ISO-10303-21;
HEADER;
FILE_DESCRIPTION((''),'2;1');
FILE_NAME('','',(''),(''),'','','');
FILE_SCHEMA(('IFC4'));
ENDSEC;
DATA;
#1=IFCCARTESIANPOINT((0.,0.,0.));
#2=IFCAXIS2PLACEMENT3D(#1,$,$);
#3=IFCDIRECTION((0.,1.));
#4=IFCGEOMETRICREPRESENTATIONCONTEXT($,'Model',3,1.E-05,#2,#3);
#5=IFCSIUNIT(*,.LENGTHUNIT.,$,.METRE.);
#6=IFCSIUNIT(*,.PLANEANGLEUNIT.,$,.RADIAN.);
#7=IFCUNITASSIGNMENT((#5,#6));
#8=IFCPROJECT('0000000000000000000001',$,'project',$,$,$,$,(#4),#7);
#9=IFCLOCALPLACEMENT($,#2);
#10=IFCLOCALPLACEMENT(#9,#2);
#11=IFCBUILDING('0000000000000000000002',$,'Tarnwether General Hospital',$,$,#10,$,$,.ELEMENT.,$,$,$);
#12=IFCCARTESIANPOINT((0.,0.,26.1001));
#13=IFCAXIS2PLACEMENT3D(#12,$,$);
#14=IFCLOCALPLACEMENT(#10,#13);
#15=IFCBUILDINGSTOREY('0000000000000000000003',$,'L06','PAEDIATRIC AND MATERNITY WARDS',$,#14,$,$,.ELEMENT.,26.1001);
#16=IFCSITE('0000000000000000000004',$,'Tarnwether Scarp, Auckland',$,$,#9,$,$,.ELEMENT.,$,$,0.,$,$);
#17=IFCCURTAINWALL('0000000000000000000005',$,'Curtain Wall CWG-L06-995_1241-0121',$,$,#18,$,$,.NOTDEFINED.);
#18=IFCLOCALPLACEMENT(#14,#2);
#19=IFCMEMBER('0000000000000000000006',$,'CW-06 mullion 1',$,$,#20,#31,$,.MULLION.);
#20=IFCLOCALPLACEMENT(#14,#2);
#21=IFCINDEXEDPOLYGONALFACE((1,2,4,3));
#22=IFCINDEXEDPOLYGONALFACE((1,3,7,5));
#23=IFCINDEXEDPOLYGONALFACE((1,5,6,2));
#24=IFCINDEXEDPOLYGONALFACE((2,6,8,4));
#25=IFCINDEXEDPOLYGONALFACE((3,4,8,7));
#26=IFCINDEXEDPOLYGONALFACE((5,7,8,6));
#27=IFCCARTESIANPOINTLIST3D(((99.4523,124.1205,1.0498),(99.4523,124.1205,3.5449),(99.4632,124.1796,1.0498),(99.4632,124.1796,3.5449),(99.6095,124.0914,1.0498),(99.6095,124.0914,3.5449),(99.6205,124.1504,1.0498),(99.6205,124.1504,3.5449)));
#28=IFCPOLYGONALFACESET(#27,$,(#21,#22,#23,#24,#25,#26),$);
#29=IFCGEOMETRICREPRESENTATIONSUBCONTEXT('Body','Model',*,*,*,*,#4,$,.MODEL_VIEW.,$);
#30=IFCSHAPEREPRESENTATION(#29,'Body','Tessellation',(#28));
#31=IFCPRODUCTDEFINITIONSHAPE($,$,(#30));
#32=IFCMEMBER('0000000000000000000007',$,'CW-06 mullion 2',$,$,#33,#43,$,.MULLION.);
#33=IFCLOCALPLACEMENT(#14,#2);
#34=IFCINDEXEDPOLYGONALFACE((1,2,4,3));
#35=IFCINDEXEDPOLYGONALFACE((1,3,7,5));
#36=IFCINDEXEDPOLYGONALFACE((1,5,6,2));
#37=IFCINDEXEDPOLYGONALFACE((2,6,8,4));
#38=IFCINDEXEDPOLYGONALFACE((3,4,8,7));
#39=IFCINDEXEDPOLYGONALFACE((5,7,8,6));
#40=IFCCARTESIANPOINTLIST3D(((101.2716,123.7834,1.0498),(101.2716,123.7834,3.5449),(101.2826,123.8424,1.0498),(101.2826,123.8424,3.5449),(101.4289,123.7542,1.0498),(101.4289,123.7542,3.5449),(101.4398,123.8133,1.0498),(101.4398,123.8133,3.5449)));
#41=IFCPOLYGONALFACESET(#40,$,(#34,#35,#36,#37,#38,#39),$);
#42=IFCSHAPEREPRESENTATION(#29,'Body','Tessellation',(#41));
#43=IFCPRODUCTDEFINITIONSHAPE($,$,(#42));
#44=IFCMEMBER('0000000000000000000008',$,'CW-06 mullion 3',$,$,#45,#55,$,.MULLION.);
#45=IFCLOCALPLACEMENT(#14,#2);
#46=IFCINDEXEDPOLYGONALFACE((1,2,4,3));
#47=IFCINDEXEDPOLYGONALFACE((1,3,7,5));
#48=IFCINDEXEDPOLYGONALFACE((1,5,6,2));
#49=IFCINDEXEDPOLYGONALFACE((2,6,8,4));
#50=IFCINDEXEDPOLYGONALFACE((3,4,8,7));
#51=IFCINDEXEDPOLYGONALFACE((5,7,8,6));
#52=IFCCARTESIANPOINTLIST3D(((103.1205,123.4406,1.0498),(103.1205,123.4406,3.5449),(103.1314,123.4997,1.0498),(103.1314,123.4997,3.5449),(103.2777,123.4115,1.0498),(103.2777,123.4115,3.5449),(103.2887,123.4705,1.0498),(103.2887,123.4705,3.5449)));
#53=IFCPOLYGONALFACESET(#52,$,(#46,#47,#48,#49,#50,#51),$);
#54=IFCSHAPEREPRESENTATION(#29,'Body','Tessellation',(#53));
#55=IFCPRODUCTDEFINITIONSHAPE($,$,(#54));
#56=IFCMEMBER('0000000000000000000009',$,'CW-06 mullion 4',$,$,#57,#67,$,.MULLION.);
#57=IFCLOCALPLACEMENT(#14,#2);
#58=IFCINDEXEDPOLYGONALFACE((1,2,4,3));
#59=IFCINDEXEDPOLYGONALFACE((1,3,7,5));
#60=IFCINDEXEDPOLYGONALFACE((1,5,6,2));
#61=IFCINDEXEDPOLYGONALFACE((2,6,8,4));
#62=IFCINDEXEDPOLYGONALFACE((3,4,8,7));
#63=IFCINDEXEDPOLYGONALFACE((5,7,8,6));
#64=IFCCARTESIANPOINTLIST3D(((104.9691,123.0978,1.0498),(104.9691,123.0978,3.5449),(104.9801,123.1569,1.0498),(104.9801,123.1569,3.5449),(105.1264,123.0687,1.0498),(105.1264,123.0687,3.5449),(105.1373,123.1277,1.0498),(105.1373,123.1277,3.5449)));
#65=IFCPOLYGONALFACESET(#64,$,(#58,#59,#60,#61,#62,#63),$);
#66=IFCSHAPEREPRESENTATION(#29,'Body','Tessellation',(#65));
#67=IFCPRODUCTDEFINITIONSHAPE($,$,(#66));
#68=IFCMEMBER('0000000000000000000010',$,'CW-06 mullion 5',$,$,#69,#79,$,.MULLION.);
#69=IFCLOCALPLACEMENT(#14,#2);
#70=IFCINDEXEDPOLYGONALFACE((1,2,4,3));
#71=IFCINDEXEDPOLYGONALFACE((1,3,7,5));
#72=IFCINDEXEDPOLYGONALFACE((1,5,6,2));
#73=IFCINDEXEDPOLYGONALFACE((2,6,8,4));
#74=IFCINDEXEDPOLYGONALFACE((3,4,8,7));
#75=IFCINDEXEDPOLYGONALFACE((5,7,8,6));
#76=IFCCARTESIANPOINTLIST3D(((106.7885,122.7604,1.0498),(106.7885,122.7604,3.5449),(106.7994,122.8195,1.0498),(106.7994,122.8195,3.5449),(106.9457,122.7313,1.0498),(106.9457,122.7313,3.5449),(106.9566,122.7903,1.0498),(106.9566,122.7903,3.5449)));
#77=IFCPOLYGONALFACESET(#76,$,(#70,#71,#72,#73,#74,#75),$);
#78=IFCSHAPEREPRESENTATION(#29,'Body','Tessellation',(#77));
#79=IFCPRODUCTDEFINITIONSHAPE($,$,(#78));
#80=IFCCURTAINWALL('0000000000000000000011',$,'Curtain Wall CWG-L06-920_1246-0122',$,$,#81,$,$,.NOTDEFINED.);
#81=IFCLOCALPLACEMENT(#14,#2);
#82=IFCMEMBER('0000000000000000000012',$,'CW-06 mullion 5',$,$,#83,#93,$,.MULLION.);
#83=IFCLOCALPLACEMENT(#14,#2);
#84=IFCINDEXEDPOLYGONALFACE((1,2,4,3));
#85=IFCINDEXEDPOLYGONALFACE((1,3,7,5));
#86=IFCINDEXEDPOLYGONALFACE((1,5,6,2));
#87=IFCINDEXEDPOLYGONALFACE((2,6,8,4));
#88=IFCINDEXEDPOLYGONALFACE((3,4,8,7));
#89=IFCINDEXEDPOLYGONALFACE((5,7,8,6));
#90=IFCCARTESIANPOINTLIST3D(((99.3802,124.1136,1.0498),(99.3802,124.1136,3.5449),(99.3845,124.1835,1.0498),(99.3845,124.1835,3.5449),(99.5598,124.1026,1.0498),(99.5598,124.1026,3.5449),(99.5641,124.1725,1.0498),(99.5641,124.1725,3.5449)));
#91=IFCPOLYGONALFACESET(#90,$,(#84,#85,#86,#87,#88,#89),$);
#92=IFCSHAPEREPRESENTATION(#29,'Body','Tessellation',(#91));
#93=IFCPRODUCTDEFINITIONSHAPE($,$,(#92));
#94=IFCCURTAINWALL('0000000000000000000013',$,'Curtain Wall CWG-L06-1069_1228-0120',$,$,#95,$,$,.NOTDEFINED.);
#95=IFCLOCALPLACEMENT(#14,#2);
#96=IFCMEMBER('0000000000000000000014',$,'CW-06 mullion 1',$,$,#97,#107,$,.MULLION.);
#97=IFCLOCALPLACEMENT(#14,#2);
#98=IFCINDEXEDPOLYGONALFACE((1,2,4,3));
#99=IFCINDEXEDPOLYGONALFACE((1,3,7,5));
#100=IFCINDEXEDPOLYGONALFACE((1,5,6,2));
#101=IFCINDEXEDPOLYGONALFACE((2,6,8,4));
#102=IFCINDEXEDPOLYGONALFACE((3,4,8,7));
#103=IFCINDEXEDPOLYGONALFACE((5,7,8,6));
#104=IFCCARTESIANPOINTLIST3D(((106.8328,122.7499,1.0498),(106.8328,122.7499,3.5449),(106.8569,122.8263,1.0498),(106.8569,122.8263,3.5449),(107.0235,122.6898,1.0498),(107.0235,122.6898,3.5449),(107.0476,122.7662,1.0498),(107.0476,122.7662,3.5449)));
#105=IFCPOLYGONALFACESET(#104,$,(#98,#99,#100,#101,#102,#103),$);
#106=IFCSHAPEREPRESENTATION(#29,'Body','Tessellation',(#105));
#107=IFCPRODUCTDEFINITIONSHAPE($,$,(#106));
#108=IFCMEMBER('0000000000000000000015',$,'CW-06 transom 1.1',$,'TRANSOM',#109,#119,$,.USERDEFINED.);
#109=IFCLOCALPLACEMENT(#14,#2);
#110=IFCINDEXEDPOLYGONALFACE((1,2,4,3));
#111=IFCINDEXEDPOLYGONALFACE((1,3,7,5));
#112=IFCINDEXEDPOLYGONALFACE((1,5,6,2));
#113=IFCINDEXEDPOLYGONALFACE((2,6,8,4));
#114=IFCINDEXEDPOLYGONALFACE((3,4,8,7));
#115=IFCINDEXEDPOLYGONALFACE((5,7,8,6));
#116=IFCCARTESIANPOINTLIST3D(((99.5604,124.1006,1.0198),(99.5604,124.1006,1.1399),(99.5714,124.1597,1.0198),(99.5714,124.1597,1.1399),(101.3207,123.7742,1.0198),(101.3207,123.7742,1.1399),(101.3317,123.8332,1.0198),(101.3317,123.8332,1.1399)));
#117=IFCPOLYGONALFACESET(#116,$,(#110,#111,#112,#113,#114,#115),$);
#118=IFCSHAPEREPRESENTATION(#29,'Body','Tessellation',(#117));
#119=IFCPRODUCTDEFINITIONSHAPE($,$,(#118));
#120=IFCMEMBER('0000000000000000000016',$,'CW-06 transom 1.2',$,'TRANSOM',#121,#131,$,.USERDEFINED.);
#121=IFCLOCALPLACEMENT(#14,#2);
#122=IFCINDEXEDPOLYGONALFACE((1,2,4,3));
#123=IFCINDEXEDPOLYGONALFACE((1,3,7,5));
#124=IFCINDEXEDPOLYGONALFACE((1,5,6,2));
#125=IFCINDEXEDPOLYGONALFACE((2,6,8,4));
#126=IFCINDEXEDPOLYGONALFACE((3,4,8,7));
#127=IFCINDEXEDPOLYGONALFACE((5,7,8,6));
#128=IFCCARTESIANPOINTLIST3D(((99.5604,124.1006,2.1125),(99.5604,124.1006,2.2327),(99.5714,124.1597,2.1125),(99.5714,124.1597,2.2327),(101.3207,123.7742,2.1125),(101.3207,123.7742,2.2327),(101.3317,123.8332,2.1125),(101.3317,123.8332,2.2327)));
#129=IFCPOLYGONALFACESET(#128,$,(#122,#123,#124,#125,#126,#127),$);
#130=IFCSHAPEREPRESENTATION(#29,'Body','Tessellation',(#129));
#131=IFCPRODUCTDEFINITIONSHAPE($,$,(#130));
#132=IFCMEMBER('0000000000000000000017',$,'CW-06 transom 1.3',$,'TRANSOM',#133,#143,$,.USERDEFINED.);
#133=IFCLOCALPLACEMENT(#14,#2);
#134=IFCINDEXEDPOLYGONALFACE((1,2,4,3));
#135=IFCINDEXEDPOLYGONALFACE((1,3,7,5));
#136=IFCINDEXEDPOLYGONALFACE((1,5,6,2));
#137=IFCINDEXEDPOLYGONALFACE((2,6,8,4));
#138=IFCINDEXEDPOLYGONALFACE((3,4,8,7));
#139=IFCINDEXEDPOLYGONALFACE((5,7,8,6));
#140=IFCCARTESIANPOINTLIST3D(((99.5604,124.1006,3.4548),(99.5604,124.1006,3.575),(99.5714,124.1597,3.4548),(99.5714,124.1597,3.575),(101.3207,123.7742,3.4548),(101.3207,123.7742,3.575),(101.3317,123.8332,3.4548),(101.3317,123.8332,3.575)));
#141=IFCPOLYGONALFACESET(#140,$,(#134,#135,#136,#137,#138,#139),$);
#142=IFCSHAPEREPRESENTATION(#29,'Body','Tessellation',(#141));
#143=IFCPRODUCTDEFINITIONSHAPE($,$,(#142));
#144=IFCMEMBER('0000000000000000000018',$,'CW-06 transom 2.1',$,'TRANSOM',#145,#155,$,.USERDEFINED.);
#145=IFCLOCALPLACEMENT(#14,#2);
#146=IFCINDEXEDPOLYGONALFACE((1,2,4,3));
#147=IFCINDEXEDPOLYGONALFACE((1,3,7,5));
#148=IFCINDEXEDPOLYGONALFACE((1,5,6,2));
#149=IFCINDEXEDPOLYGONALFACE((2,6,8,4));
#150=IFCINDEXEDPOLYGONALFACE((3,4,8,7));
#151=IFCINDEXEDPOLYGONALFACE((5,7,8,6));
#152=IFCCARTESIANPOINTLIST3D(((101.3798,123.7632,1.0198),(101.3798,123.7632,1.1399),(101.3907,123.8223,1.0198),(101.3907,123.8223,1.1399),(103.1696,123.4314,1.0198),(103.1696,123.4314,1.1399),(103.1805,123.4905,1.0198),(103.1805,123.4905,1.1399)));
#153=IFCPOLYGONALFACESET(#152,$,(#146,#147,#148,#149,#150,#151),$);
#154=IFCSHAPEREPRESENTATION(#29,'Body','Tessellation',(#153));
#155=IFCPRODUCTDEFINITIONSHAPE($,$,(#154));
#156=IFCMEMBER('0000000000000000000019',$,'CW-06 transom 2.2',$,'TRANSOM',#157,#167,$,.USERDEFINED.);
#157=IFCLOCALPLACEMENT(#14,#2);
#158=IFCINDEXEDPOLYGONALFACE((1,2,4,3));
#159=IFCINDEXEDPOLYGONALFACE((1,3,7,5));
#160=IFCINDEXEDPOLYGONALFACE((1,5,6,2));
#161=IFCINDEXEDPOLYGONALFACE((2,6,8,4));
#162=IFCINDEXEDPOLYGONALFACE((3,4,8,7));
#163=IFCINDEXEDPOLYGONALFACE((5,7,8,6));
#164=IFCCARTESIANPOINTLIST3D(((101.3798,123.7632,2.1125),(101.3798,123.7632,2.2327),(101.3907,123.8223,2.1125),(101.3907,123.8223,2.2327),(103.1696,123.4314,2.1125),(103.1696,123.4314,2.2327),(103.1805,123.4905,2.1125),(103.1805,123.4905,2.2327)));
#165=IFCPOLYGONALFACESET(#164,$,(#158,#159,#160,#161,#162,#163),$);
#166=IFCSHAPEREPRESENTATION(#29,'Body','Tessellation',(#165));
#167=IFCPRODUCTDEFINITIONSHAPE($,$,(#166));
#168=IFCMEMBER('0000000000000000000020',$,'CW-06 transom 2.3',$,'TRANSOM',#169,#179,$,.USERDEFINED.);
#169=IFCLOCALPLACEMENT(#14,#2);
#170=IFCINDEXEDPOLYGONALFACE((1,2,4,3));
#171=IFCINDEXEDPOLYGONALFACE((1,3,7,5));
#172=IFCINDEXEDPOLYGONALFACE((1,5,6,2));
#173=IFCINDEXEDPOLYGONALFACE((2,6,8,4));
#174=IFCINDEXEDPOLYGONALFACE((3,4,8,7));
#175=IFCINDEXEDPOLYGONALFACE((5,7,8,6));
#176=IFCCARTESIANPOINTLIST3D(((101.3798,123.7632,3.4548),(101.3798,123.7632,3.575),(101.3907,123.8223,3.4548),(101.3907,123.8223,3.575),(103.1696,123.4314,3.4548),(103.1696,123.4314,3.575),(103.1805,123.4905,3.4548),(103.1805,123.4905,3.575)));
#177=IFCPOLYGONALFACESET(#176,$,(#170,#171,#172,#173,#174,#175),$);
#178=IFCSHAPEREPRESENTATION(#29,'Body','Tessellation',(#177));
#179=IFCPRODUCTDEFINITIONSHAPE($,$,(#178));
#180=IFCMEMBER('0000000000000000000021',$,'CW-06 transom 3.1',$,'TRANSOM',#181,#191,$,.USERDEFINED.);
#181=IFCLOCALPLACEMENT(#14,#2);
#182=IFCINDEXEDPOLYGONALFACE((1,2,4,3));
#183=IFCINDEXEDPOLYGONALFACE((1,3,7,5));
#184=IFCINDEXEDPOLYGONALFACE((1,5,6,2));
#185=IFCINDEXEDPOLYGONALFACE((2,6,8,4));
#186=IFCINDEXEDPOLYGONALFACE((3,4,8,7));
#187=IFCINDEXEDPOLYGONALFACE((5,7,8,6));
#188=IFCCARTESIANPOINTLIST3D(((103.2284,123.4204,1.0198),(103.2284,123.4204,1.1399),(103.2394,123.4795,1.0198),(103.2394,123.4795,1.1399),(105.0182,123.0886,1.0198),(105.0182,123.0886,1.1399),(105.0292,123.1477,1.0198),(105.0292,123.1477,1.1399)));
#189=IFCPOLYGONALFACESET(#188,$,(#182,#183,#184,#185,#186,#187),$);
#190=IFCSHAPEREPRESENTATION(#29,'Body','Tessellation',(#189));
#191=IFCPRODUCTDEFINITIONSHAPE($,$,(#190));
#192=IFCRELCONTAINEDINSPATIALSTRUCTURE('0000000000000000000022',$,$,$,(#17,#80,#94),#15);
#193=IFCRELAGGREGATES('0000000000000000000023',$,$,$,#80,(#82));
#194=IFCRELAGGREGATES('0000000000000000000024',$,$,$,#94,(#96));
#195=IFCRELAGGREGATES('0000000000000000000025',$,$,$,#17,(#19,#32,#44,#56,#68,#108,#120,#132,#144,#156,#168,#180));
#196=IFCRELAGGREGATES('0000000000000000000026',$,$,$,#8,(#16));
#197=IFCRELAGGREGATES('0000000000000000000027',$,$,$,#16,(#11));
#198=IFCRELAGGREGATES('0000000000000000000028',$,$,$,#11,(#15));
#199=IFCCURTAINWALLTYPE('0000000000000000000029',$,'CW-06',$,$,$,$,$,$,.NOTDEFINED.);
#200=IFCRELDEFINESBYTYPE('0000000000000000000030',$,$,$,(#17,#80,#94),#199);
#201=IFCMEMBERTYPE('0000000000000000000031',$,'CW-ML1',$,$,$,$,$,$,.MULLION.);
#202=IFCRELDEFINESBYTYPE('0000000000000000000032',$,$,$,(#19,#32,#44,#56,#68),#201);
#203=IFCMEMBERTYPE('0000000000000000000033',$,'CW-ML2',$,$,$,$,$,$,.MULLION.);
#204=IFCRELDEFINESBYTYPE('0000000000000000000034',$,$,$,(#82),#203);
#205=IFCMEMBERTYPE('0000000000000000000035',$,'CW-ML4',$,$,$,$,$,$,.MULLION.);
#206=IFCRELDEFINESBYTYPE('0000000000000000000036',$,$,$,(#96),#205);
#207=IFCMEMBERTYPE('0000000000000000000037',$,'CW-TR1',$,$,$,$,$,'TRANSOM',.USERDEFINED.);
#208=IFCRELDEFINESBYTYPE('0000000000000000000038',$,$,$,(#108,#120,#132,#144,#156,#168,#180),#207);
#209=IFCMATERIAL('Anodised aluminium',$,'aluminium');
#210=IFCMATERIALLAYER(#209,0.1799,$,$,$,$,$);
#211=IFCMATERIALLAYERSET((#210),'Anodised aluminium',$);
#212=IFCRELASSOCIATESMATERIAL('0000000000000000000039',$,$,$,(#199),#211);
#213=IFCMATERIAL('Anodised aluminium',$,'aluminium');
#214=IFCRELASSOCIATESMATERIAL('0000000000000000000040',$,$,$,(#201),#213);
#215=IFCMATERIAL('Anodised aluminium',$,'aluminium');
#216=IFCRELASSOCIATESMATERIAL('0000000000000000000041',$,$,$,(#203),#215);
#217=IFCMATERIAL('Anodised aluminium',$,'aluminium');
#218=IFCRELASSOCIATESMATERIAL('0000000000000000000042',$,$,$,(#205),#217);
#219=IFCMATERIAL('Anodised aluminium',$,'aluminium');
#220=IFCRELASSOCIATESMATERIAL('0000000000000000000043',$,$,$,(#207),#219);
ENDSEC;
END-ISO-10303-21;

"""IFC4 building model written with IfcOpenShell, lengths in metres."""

from ifc_helpers import new_model, si_unit, direction, frame, origin, origin_2d, place, context, subcontext, project, spatial, rectangle, extrude, material, layer, layer_set, material_profile, profile_set, type_object, element, aggregate, save


model = new_model("IFC4")

# Units and contexts
model_context = context("Model", 3, precision=1e-05, world=origin(), true_north=direction((0.0, 1.0)))
body_context = subcontext(model_context, "Body", "Model", "MODEL_VIEW")
ifc_project = project(units=[si_unit("LENGTHUNIT", "METRE"), si_unit("PLANEANGLEUNIT", "RADIAN")], contexts=[model_context])

# Site, building, storey
site_placement = place(None, origin())
site = spatial("IfcSite", under=ifc_project, at=site_placement, Name="Tarnwether Scarp, Auckland", CompositionType="ELEMENT", RefElevation=0.0)
building_placement = place(site_placement, origin())
building = spatial("IfcBuilding", under=site, at=building_placement, Name="Tarnwether General Hospital", CompositionType="ELEMENT")
storey_placement = place(building_placement, frame((0.0, 0.0, 26.1001)))
storey = spatial("IfcBuildingStorey", under=building, at=storey_placement, Name="L06", Description="PAEDIATRIC AND MATERNITY WARDS", CompositionType="ELEMENT", Elevation=26.1001)

# Curtain wall, members
ifc_material_1 = material(Name="Anodised aluminium", Category="aluminium")
ifc_layer_1 = layer(ifc_material_1, 0.1799)
ifc_layer_set_1 = layer_set([ifc_layer_1], Name="Anodised aluminium")
curtain_wall_type = type_object("IfcCurtainWallType", Name="CW-06", PredefinedType="NOTDEFINED", material=ifc_layer_set_1)
curtain_wall_1_placement = place(storey_placement, origin())
curtain_wall_1 = element("IfcCurtainWall", 1, at=curtain_wall_1_placement, inside=storey, type_object=curtain_wall_type, Name="Curtain Wall CWG-L06-995_1241-0121", PredefinedType="NOTDEFINED")
ifc_material_2 = material(Name="Anodised aluminium", Category="aluminium")
ifc_material_profile_1 = material_profile(ifc_material_2, rectangle(XDim=0.0601, YDim=0.1599, at=origin_2d()), Name="ALU-MUL-60x160")
ifc_profile_set_1 = profile_set([ifc_material_profile_1], Name="Anodised aluminium")
member_type_1 = type_object("IfcMemberType", Name="CW-ML1", PredefinedType="MULLION", material=ifc_profile_set_1)
member_1_placement = place(storey_placement, frame((99.5364, 124.1355, 1.0498), z_axis=(0.0, 0.0, 1.0), x_axis=(0.182289, 0.983245, 0.0)))
member_1 = element("IfcMember", 2, at=member_1_placement, type_object=member_type_1, Name="CW-06 mullion 1", PredefinedType="MULLION", context=body_context, shape_type="SweptSolid", body=[
    extrude(rectangle(XDim=0.0601, YDim=0.1599, at=origin_2d()), origin(), (0.0, 0.0, 1.0), 2.4951),
])
member_2_placement = place(storey_placement, frame((101.3557, 123.7983, 1.0498), z_axis=(0.0, 0.0, 1.0), x_axis=(0.182289, 0.983245, 0.0)))
member_2 = element("IfcMember", 3, at=member_2_placement, type_object=member_type_1, Name="CW-06 mullion 2", PredefinedType="MULLION", context=body_context, shape_type="SweptSolid", body=[
    extrude(rectangle(XDim=0.0601, YDim=0.1599, at=origin_2d()), origin(), (0.0, 0.0, 1.0), 2.4951),
])
member_3_placement = place(storey_placement, frame((103.2046, 123.4556, 1.0498), z_axis=(0.0, 0.0, 1.0), x_axis=(0.182289, 0.983245, 0.0)))
member_3 = element("IfcMember", 4, at=member_3_placement, type_object=member_type_1, Name="CW-06 mullion 3", PredefinedType="MULLION", context=body_context, shape_type="SweptSolid", body=[
    extrude(rectangle(XDim=0.0601, YDim=0.1599, at=origin_2d()), origin(), (0.0, 0.0, 1.0), 2.4951),
])
member_4_placement = place(storey_placement, frame((105.0532, 123.1128, 1.0498), z_axis=(0.0, 0.0, 1.0), x_axis=(0.182289, 0.983245, 0.0)))
member_4 = element("IfcMember", 5, at=member_4_placement, type_object=member_type_1, Name="CW-06 mullion 4", PredefinedType="MULLION", context=body_context, shape_type="SweptSolid", body=[
    extrude(rectangle(XDim=0.0601, YDim=0.1599, at=origin_2d()), origin(), (0.0, 0.0, 1.0), 2.4951),
])
member_5_placement = place(storey_placement, frame((106.8726, 122.7754, 1.0498), z_axis=(0.0, 0.0, 1.0), x_axis=(0.182289, 0.983245, 0.0)))
member_5 = element("IfcMember", 6, at=member_5_placement, type_object=member_type_1, Name="CW-06 mullion 5", PredefinedType="MULLION", context=body_context, shape_type="SweptSolid", body=[
    extrude(rectangle(XDim=0.0601, YDim=0.1599, at=origin_2d()), origin(), (0.0, 0.0, 1.0), 2.4951),
])

# Curtain walls, members
curtain_wall_2_placement = place(storey_placement, origin())
curtain_wall_2 = element("IfcCurtainWall", 7, at=curtain_wall_2_placement, inside=storey, type_object=curtain_wall_type, Name="Curtain Wall CWG-L06-920_1246-0122", PredefinedType="NOTDEFINED")
ifc_material_3 = material(Name="Anodised aluminium", Category="aluminium")
ifc_material_profile_2 = material_profile(ifc_material_3, rectangle(XDim=0.0701, YDim=0.1799, at=origin_2d()), Name="ALU-MUL-70x180")
ifc_profile_set_2 = profile_set([ifc_material_profile_2], Name="Anodised aluminium")
member_type_2 = type_object("IfcMemberType", Name="CW-ML2", PredefinedType="MULLION", material=ifc_profile_set_2)
member_6_placement = place(storey_placement, frame((99.4722, 124.1431, 1.0498), z_axis=(0.0, 0.0, 1.0), x_axis=(0.061029, 0.998136, 0.0)))
member_6 = element("IfcMember", 8, at=member_6_placement, type_object=member_type_2, Name="CW-06 mullion 5", PredefinedType="MULLION", context=body_context, shape_type="SweptSolid", body=[
    extrude(rectangle(XDim=0.0701, YDim=0.1799, at=origin_2d()), origin(), (0.0, 0.0, 1.0), 2.4951),
])
aggregate(curtain_wall_2, [member_6])
curtain_wall_3_placement = place(storey_placement, origin())
curtain_wall_3 = element("IfcCurtainWall", 9, at=curtain_wall_3_placement, inside=storey, type_object=curtain_wall_type, Name="Curtain Wall CWG-L06-1069_1228-0120", PredefinedType="NOTDEFINED")
ifc_material_4 = material(Name="Anodised aluminium", Category="aluminium")
ifc_material_profile_3 = material_profile(ifc_material_4, rectangle(XDim=0.0801, YDim=0.2, at=origin_2d()), Name="ALU-MUL-80x200")
ifc_profile_set_3 = profile_set([ifc_material_profile_3], Name="Anodised aluminium")
member_type_3 = type_object("IfcMemberType", Name="CW-ML4", PredefinedType="MULLION", material=ifc_profile_set_3)
member_7_placement = place(storey_placement, frame((106.9402, 122.7581, 1.0498), z_axis=(0.0, 0.0, 1.0), x_axis=(0.300629, 0.953741, 0.0)))
member_7 = element("IfcMember", 10, at=member_7_placement, type_object=member_type_3, Name="CW-06 mullion 1", PredefinedType="MULLION", context=body_context, shape_type="SweptSolid", body=[
    extrude(rectangle(XDim=0.0801, YDim=0.2, at=origin_2d()), origin(), (0.0, 0.0, 1.0), 2.4951),
])
aggregate(curtain_wall_3, [member_7])

# Members
ifc_material_5 = material(Name="Anodised aluminium", Category="aluminium")
ifc_material_profile_4 = material_profile(ifc_material_5, rectangle(XDim=0.0601, YDim=0.1201, at=origin_2d()), Name="ALU-TRN-60x120")
ifc_profile_set_4 = profile_set([ifc_material_profile_4], Name="Anodised aluminium")
member_type_4 = type_object("IfcMemberType", Name="CW-TR1", ElementType="TRANSOM", PredefinedType="USERDEFINED", material=ifc_profile_set_4)
member_8_placement = place(storey_placement, frame((99.5659, 124.1301, 1.0798), z_axis=(0.983238, -0.182329, 0.0), x_axis=(0.182329, 0.983238, 0.0)))
member_8 = element("IfcMember", 11, at=member_8_placement, type_object=member_type_4, Name="CW-06 transom 1.1", ObjectType="TRANSOM", PredefinedType="USERDEFINED", context=body_context, shape_type="SweptSolid", body=[
    extrude(rectangle(XDim=0.0601, YDim=0.1201, at=origin_2d()), origin(), (0.0, 0.0, 1.0), 1.7903),
])
member_9_placement = place(storey_placement, frame((99.5659, 124.1301, 2.1726), z_axis=(0.983238, -0.182329, 0.0), x_axis=(0.182329, 0.983238, 0.0)))
member_9 = element("IfcMember", 12, at=member_9_placement, type_object=member_type_4, Name="CW-06 transom 1.2", ObjectType="TRANSOM", PredefinedType="USERDEFINED", context=body_context, shape_type="SweptSolid", body=[
    extrude(rectangle(XDim=0.0601, YDim=0.1201, at=origin_2d()), origin(), (0.0, 0.0, 1.0), 1.7903),
])
member_10_placement = place(storey_placement, frame((99.5659, 124.1301, 3.5149), z_axis=(0.983238, -0.182329, 0.0), x_axis=(0.182329, 0.983238, 0.0)))
member_10 = element("IfcMember", 13, at=member_10_placement, type_object=member_type_4, Name="CW-06 transom 1.3", ObjectType="TRANSOM", PredefinedType="USERDEFINED", context=body_context, shape_type="SweptSolid", body=[
    extrude(rectangle(XDim=0.0601, YDim=0.1201, at=origin_2d()), origin(), (0.0, 0.0, 1.0), 1.7903),
])
member_11_placement = place(storey_placement, frame((101.3853, 123.7927, 1.0798), z_axis=(0.983248, -0.182272, 0.0), x_axis=(0.182272, 0.983248, 0.0)))
member_11 = element("IfcMember", 14, at=member_11_placement, type_object=member_type_4, Name="CW-06 transom 2.1", ObjectType="TRANSOM", PredefinedType="USERDEFINED", context=body_context, shape_type="SweptSolid", body=[
    extrude(rectangle(XDim=0.0601, YDim=0.1201, at=origin_2d()), origin(), (0.0, 0.0, 1.0), 1.8203),
])
member_12_placement = place(storey_placement, frame((101.3853, 123.7927, 2.1726), z_axis=(0.983248, -0.182272, 0.0), x_axis=(0.182272, 0.983248, 0.0)))
member_12 = element("IfcMember", 15, at=member_12_placement, type_object=member_type_4, Name="CW-06 transom 2.2", ObjectType="TRANSOM", PredefinedType="USERDEFINED", context=body_context, shape_type="SweptSolid", body=[
    extrude(rectangle(XDim=0.0601, YDim=0.1201, at=origin_2d()), origin(), (0.0, 0.0, 1.0), 1.8203),
])
member_13_placement = place(storey_placement, frame((101.3853, 123.7927, 3.5149), z_axis=(0.983248, -0.182272, 0.0), x_axis=(0.182272, 0.983248, 0.0)))
member_13 = element("IfcMember", 16, at=member_13_placement, type_object=member_type_4, Name="CW-06 transom 2.3", ObjectType="TRANSOM", PredefinedType="USERDEFINED", context=body_context, shape_type="SweptSolid", body=[
    extrude(rectangle(XDim=0.0601, YDim=0.1201, at=origin_2d()), origin(), (0.0, 0.0, 1.0), 1.8203),
])
member_14_placement = place(storey_placement, frame((103.2339, 123.45, 1.0798), z_axis=(0.983248, -0.182272, 0.0), x_axis=(0.182272, 0.983248, 0.0)))
member_14 = element("IfcMember", 17, at=member_14_placement, type_object=member_type_4, Name="CW-06 transom 3.1", ObjectType="TRANSOM", PredefinedType="USERDEFINED", context=body_context, shape_type="SweptSolid", body=[
    extrude(rectangle(XDim=0.0601, YDim=0.1201, at=origin_2d()), origin(), (0.0, 0.0, 1.0), 1.8203),
])

aggregate(curtain_wall_1, [member_1, member_2, member_3, member_4, member_5, member_8, member_9, member_10, member_11, member_12, member_13, member_14])

save(model, "model.ifc")
